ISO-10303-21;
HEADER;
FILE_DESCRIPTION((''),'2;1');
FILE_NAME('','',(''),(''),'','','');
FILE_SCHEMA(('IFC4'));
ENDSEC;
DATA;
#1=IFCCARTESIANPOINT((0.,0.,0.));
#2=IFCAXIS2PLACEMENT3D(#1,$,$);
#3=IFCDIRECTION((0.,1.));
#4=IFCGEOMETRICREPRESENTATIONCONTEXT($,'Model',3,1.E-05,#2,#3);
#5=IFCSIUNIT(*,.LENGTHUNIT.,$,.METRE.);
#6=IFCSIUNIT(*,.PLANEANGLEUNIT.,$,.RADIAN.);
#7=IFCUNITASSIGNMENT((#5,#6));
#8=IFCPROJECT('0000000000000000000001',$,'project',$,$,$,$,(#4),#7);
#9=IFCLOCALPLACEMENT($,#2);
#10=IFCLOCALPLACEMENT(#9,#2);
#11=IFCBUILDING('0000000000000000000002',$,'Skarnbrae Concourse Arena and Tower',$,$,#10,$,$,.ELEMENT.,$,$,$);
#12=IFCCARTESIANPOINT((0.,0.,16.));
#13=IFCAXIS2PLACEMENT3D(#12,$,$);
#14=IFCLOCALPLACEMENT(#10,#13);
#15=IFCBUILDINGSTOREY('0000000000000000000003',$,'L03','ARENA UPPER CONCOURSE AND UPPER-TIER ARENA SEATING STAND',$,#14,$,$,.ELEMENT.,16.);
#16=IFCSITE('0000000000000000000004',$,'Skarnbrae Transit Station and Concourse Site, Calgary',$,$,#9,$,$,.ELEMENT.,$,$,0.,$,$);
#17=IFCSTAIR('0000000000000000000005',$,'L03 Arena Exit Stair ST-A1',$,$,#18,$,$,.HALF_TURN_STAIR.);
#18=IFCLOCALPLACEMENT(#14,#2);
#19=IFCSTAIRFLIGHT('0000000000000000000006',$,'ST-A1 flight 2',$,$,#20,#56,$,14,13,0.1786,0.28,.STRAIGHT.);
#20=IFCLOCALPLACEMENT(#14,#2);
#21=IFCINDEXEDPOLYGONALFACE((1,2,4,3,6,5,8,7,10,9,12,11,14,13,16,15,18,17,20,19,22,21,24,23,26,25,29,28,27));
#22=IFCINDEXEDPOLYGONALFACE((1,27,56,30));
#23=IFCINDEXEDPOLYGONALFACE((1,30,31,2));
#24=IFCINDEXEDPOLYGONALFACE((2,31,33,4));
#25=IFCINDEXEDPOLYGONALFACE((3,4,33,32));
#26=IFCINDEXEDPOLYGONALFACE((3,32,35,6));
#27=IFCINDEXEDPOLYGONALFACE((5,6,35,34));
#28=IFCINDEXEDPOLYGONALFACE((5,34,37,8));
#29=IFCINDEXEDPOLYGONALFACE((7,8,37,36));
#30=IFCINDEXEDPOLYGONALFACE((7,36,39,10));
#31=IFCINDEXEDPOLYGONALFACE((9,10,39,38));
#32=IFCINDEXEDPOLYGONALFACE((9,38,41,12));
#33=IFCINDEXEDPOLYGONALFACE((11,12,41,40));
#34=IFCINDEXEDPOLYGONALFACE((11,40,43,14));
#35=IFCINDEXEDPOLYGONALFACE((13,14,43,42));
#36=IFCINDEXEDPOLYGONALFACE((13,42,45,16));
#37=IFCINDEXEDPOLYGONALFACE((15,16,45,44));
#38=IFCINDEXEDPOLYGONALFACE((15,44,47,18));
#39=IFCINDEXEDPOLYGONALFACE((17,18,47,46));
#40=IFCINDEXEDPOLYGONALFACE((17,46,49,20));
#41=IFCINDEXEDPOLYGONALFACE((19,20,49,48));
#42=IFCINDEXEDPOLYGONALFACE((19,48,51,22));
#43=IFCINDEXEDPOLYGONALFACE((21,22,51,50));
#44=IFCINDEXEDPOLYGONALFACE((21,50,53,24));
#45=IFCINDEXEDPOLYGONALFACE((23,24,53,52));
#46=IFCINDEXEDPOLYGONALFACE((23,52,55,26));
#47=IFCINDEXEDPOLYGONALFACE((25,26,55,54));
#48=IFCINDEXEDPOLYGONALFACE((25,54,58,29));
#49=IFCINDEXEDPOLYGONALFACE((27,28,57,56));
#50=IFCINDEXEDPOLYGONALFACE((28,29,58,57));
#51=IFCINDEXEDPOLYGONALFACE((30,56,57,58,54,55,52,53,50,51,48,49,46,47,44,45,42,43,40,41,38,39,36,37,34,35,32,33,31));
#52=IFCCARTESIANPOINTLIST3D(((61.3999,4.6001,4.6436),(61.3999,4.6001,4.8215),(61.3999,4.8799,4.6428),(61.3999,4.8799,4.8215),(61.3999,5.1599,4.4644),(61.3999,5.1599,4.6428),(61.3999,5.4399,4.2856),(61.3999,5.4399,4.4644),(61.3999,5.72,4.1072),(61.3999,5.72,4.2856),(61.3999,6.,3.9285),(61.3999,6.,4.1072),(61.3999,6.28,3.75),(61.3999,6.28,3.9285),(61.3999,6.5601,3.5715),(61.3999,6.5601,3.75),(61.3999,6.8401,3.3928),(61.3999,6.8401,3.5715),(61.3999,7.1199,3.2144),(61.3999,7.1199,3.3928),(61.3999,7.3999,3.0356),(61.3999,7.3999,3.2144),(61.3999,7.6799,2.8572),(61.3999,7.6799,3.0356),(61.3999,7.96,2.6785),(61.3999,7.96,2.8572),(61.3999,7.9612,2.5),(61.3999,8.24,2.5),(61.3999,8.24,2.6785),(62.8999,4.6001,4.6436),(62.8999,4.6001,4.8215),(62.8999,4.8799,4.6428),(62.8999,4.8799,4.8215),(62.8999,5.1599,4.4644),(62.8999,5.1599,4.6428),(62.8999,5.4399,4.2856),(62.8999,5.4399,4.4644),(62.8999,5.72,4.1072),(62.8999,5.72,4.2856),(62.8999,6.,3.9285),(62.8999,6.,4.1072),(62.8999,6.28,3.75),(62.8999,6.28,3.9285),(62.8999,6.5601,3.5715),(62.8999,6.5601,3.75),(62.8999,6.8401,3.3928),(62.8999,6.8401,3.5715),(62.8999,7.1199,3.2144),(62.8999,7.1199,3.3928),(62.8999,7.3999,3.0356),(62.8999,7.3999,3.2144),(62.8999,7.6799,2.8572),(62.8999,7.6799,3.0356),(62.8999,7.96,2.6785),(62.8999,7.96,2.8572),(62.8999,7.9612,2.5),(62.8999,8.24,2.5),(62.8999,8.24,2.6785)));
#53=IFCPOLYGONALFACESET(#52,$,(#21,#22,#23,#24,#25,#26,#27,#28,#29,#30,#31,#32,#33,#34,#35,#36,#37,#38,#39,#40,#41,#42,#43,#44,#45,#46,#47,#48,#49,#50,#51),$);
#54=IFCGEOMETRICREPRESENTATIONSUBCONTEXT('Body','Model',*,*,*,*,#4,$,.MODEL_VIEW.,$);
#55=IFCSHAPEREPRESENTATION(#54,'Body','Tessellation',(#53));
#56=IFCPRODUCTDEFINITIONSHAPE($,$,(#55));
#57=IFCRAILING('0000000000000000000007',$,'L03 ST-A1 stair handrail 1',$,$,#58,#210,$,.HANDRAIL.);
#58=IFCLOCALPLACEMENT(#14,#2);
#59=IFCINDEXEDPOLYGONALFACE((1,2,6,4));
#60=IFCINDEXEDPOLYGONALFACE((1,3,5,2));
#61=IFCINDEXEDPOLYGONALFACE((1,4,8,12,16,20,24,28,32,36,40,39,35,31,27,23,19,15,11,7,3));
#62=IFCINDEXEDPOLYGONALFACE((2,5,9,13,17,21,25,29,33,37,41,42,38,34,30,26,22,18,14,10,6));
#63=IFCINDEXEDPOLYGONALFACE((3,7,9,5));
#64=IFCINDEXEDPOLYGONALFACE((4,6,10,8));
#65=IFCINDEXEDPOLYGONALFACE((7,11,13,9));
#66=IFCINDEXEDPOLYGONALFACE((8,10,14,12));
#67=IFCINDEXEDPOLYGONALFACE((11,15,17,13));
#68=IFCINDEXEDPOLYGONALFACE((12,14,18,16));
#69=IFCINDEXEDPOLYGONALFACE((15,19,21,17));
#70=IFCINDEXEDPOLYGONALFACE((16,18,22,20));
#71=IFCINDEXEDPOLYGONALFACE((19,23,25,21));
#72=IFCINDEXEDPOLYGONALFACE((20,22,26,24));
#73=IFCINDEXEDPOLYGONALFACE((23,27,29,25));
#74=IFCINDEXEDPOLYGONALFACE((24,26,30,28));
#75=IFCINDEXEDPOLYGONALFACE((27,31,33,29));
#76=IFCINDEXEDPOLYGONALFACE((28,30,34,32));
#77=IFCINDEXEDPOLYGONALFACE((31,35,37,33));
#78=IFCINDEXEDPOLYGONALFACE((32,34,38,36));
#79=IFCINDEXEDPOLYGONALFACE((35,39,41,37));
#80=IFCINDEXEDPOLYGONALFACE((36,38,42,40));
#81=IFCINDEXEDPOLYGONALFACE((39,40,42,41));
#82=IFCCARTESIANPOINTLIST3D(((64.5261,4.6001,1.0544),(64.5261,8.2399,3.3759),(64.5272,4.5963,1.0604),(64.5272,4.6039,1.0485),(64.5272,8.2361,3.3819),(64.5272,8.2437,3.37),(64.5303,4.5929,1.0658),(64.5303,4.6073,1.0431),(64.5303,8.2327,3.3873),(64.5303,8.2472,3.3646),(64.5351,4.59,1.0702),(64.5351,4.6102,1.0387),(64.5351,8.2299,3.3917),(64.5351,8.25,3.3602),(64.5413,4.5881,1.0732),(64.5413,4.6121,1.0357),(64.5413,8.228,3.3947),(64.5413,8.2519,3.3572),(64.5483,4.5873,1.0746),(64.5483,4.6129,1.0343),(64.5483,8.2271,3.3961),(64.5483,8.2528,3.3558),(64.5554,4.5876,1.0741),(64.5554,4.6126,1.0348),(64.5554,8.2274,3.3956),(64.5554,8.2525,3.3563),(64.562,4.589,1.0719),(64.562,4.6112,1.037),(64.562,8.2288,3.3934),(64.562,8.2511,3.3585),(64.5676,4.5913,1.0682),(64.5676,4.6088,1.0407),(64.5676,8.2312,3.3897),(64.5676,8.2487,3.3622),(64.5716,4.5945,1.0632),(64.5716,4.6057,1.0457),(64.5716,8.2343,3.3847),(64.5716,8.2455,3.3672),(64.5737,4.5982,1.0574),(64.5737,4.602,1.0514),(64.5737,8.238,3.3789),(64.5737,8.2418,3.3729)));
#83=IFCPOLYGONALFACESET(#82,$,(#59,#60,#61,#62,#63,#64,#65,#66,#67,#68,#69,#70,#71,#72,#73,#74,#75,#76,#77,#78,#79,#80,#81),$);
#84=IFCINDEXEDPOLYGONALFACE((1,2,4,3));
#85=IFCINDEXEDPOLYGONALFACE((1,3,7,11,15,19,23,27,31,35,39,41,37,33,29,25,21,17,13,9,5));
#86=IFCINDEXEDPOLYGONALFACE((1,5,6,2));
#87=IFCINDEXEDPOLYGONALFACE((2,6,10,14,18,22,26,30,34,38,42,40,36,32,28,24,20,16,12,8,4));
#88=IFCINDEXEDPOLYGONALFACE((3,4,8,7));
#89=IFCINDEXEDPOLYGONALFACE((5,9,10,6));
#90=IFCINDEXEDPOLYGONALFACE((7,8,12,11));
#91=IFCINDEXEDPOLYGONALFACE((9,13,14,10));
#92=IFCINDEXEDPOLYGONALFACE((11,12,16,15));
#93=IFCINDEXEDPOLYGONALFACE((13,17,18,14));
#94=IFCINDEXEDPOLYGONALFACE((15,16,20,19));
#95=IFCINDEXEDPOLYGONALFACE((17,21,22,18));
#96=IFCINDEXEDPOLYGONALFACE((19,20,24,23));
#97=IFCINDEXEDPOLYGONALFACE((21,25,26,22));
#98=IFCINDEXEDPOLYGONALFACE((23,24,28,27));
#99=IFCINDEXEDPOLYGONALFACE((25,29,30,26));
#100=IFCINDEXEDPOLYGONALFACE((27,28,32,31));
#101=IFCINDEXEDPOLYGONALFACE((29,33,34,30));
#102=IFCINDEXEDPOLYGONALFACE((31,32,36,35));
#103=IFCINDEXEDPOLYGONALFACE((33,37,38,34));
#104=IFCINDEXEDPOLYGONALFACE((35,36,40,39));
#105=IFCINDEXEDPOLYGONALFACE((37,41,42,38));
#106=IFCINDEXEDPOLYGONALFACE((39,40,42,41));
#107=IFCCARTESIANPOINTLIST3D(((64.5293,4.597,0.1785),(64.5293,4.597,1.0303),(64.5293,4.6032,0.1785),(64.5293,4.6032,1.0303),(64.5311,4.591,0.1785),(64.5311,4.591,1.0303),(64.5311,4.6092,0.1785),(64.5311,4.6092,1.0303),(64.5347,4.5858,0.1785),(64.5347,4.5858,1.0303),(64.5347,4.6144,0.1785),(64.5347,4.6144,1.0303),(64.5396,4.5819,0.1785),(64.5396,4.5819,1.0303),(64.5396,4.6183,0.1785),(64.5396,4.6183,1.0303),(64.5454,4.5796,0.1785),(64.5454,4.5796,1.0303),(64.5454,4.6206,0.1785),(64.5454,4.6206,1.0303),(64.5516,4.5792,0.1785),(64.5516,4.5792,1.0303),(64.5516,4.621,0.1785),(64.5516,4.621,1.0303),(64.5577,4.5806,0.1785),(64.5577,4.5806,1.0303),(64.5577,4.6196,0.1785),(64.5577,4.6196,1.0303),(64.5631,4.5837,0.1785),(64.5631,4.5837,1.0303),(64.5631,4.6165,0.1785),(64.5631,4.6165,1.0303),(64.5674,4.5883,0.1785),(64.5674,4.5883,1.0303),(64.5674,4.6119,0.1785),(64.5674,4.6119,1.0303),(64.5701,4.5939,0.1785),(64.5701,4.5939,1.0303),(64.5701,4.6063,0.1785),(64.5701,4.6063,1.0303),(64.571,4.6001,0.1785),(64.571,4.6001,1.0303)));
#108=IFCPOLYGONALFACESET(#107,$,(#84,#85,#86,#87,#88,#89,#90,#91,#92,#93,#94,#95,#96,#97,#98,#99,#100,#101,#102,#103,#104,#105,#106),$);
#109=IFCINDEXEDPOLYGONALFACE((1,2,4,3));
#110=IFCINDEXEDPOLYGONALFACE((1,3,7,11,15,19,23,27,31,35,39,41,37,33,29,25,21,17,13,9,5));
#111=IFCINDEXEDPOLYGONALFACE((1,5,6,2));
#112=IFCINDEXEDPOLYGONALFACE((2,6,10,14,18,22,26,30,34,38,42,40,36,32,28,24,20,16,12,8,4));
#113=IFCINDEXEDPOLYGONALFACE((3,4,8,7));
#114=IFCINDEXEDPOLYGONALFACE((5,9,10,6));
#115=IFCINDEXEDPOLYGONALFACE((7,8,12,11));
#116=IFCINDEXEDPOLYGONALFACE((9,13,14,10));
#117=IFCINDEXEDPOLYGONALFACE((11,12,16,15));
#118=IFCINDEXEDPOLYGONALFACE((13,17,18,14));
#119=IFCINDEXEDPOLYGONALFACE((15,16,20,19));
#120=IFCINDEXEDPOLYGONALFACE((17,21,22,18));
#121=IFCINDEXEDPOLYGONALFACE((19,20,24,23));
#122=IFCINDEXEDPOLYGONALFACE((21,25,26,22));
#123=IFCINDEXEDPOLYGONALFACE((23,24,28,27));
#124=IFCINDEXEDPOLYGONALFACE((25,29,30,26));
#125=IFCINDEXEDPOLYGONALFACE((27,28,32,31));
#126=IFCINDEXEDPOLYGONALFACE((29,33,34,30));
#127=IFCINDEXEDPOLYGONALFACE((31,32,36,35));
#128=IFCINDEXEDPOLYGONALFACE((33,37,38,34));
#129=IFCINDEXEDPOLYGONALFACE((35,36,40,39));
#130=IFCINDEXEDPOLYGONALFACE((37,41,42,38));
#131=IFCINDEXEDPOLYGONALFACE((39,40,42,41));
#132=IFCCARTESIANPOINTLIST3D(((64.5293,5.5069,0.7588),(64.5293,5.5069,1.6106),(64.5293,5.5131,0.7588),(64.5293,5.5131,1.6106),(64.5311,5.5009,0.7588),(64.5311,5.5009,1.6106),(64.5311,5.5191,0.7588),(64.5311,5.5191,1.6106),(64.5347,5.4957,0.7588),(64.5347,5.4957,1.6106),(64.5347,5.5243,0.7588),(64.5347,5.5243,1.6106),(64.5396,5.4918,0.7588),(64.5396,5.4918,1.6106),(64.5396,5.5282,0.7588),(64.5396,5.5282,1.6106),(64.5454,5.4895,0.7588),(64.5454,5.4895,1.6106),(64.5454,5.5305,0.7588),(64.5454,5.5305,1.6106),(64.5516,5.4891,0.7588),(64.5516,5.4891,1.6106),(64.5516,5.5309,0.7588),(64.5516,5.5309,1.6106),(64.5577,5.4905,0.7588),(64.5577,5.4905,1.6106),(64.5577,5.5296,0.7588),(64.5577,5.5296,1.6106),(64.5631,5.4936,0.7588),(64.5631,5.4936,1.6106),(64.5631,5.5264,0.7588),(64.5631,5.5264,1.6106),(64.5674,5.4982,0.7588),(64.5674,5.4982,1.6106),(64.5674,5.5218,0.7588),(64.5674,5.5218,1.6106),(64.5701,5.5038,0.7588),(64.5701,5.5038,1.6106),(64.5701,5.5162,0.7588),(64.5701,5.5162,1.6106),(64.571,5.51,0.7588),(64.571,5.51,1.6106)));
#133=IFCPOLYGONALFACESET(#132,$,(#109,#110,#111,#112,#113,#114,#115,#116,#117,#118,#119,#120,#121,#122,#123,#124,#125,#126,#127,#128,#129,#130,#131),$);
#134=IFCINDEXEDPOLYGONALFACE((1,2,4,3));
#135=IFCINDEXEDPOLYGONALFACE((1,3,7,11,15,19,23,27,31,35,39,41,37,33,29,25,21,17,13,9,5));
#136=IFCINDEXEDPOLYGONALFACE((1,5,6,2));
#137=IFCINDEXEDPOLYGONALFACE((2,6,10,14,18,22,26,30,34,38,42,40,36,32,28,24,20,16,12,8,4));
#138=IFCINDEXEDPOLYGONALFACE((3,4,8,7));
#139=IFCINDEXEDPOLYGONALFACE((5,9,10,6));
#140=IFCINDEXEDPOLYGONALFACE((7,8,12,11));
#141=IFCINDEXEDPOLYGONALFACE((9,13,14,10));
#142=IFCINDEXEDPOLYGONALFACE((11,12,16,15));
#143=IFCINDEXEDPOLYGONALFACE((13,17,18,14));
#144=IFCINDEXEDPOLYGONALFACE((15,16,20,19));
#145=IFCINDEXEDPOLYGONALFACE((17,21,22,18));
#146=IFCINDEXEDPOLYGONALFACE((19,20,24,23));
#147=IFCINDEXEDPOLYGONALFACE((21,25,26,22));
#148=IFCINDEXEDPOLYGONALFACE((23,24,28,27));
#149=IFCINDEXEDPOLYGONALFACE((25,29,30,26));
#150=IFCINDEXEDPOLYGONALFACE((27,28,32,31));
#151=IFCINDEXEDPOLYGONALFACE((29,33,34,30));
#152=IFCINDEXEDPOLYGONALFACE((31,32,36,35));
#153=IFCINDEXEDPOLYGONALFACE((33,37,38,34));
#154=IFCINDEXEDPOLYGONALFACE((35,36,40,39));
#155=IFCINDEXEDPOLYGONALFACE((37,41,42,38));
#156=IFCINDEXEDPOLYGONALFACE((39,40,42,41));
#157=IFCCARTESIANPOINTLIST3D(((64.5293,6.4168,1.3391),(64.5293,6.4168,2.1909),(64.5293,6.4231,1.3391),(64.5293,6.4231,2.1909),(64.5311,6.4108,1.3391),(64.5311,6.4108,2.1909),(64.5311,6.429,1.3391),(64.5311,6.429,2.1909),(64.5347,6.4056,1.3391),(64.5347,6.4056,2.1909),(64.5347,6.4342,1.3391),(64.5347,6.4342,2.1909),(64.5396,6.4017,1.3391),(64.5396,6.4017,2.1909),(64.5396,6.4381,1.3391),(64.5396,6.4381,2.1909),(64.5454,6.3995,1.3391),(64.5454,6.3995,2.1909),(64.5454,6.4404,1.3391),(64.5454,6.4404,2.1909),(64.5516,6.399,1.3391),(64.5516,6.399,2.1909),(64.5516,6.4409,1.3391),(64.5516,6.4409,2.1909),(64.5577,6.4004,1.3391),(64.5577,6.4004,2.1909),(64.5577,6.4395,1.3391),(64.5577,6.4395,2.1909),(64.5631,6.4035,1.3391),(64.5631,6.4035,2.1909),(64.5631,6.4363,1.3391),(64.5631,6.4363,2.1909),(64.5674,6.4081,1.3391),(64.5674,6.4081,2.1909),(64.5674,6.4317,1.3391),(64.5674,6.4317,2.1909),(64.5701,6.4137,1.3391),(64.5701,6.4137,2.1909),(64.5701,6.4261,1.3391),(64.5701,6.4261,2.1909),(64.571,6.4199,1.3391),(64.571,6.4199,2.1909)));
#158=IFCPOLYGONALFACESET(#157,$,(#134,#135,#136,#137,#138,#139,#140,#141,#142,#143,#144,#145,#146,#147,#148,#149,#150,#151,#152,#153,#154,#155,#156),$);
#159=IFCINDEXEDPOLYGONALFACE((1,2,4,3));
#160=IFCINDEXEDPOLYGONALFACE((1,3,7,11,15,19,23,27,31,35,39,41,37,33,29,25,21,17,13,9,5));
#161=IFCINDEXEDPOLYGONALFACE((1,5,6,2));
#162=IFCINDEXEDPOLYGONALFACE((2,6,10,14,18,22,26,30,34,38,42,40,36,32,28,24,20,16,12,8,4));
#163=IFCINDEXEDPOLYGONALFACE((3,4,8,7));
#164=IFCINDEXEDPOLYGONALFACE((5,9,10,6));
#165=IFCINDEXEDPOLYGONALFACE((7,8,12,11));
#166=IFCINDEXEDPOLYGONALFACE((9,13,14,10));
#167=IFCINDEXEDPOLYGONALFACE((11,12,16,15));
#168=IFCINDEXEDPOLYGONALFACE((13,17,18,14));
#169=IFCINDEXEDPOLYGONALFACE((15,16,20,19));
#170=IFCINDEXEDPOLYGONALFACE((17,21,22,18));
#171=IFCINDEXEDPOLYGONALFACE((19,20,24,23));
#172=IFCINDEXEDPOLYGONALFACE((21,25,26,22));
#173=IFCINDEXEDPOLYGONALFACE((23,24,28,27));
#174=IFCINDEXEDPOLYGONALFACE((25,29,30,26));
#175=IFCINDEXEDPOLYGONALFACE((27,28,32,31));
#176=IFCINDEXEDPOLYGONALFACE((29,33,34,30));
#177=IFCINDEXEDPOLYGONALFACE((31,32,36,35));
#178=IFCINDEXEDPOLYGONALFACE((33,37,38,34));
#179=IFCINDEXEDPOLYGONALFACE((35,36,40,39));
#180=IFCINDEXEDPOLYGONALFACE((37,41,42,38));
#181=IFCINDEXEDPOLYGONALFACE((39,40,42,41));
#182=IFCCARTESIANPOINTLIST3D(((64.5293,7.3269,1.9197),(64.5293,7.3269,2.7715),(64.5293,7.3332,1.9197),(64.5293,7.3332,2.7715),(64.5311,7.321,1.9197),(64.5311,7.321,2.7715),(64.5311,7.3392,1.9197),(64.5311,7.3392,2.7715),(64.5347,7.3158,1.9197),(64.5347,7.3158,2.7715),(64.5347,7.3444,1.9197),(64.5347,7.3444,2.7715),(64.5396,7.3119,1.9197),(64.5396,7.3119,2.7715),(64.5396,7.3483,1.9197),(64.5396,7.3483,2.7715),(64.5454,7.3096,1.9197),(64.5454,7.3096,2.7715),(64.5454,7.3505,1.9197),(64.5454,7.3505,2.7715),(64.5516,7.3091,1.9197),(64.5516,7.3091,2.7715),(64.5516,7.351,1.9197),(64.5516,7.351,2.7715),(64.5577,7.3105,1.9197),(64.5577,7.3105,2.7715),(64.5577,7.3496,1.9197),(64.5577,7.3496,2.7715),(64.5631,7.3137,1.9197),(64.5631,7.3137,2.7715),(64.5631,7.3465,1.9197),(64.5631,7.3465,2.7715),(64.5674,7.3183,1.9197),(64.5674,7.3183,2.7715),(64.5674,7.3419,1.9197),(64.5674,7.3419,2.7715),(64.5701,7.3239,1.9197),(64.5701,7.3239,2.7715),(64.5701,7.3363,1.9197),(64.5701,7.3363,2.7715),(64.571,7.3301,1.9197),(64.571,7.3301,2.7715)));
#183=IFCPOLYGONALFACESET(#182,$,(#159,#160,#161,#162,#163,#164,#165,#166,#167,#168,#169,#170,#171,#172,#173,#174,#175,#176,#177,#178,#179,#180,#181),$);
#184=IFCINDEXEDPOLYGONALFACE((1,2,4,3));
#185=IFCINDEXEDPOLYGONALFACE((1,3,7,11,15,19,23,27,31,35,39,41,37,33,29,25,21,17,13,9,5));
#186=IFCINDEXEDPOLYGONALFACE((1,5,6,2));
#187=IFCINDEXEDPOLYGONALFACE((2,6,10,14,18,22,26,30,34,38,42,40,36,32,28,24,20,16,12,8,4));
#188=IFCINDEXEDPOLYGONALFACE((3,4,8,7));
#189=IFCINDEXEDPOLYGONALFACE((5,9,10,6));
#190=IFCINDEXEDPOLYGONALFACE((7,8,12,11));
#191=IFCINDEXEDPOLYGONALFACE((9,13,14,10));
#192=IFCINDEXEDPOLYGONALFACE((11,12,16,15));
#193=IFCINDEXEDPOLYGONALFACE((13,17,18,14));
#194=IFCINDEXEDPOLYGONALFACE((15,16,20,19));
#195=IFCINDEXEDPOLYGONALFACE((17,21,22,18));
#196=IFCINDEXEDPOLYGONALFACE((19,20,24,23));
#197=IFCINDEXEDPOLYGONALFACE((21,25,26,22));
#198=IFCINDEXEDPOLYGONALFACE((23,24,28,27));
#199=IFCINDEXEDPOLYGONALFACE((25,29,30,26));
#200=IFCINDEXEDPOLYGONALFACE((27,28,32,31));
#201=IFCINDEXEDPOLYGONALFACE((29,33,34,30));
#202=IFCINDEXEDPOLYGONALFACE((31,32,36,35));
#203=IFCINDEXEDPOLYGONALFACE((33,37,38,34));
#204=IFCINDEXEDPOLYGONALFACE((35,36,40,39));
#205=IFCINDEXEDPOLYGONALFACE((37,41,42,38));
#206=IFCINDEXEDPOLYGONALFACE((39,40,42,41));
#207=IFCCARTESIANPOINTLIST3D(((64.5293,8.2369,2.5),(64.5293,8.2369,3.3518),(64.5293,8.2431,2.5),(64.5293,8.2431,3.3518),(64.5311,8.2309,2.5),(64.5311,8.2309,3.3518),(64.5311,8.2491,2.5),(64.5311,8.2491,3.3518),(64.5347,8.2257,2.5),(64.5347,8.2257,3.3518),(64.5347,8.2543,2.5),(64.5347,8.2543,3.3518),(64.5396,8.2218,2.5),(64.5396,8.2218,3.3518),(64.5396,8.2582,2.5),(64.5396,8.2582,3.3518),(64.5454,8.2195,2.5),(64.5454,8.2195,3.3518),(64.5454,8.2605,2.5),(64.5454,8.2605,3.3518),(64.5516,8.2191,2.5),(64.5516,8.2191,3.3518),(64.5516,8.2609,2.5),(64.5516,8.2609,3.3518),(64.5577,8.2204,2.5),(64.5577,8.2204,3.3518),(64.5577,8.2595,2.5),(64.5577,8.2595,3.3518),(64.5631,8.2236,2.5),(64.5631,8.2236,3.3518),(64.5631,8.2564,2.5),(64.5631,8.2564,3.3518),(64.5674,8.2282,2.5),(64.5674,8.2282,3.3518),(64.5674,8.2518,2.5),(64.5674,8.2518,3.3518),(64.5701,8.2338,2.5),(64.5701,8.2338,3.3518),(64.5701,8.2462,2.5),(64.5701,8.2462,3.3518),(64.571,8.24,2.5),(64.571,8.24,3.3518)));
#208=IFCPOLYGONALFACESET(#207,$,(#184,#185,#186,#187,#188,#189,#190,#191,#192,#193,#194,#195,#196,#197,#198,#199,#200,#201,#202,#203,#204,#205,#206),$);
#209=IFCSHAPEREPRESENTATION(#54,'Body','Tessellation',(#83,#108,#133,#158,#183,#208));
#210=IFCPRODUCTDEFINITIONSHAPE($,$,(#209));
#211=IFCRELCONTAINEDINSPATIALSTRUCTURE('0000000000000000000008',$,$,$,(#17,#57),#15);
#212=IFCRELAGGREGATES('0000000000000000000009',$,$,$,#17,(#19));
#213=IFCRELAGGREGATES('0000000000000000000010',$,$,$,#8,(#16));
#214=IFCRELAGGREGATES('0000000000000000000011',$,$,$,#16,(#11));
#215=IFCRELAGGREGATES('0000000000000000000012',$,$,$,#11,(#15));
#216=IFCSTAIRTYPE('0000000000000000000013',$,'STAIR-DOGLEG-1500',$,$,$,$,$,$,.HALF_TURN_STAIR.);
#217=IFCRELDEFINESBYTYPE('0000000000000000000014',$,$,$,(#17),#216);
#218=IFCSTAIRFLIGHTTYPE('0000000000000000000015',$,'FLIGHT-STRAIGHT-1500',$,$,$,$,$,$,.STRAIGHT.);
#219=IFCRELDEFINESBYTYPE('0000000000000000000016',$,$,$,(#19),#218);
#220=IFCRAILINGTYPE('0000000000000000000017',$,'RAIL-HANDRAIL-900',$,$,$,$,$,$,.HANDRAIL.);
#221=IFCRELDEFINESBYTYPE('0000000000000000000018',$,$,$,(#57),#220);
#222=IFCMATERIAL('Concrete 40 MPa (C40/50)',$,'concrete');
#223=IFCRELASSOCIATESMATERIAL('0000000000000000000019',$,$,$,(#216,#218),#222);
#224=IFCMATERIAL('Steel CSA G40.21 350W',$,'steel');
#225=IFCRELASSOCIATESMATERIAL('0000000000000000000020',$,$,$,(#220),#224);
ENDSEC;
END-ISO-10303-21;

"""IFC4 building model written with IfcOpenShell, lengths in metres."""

from ifc_helpers import new_model, si_unit, direction, frame, origin, origin_2d, place, context, subcontext, project, spatial, polyline, circle, outline, extrude, source, transform, mapped, material, type_object, element, aggregate, save


model = new_model("IFC4")

# Units and contexts
model_context = context("Model", 3, precision=1e-05, world=origin(), true_north=direction((0.0, 1.0)))
body_context = subcontext(model_context, "Body", "Model", "MODEL_VIEW")
ifc_project = project(units=[si_unit("LENGTHUNIT", "METRE"), si_unit("PLANEANGLEUNIT", "RADIAN")], contexts=[model_context])

# Site, building, storey
site_placement = place(None, origin())
site = spatial("IfcSite", under=ifc_project, at=site_placement, Name="Skarnbrae Transit Station and Concourse Site, Calgary", CompositionType="ELEMENT", RefElevation=0.0)
building_placement = place(site_placement, origin())
building = spatial("IfcBuilding", under=site, at=building_placement, Name="Skarnbrae Concourse Arena and Tower", CompositionType="ELEMENT")
storey_placement = place(building_placement, frame((0.0, 0.0, 16.0)))
storey = spatial("IfcBuildingStorey", under=building, at=storey_placement, Name="L03", Description="ARENA UPPER CONCOURSE AND UPPER-TIER ARENA SEATING STAND", CompositionType="ELEMENT", Elevation=16.0)

# Shared definitions
ifc_material_1 = material(Name="Steel CSA G40.21 350W", Category="steel")

# Stair, stair flight
ifc_material_2 = material(Name="Concrete 40 MPa (C40/50)", Category="concrete")
stair_type = type_object("IfcStairType", Name="STAIR-DOGLEG-1500", PredefinedType="HALF_TURN_STAIR", material=ifc_material_2)
stair_placement = place(storey_placement, origin())
stair = element("IfcStair", 1, at=stair_placement, inside=storey, type_object=stair_type, Name="L03 Arena Exit Stair ST-A1", PredefinedType="HALF_TURN_STAIR")
stair_flight_type = type_object("IfcStairFlightType", Name="FLIGHT-STRAIGHT-1500", PredefinedType="STRAIGHT", material=ifc_material_2)
shared_shape_1 = source(origin(), body_context, "Body", "SweptSolid", [
    extrude(outline(polyline([(0.0, 0.0), (0.0, 0.1785), (0.28, 0.1785), (0.28, 0.3572), (0.5601, 0.3572), (0.5601, 0.5356), (0.8401, 0.5356), (0.8401, 0.7144), (1.1201, 0.7144), (1.1201, 0.8928), (1.3999, 0.8928), (1.3999, 1.0715), (1.6799, 1.0715), (1.6799, 1.25), (1.96, 1.25), (1.96, 1.4285), (2.24, 1.4285), (2.24, 1.6072), (2.52, 1.6072), (2.52, 1.7856), (2.8, 1.7856), (2.8, 1.9644), (3.0801, 1.9644), (3.0801, 2.1428), (3.3601, 2.1428), (3.3601, 2.3215), (3.6399, 2.3215), (3.6399, 2.5), (3.6399, 2.1436), (0.2788, 0.0), (0.0, 0.0)])), frame((0.0, 0.75, 0.0), z_axis=(0.0, -1.0, 0.0), x_axis=(1.0, 0.0, 0.0)), (0.0, 0.0, 1.0), 1.5),
])
stair_flight_1_placement = place(storey_placement, frame((62.1499, 8.24, 2.5), z_axis=(0.0, 0.0, 1.0), x_axis=(0.0, -1.0, 0.0)))
stair_flight_1 = element("IfcStairFlight", 2, at=stair_flight_1_placement, type_object=stair_flight_type, Name="ST-A1 flight 2", NumberOfRisers=14, NumberOfTreads=13, PredefinedType="STRAIGHT", RiserHeight=0.1786, TreadLength=0.28, context=body_context, shape_type="MappedRepresentation", body=[
    mapped(shared_shape_1, transform((0.0, 0.0, 0.0))),
])
aggregate(stair, [stair_flight_1])

# Railing
railing_type_1 = type_object("IfcRailingType", Name="RAIL-HANDRAIL-900", PredefinedType="HANDRAIL", material=ifc_material_1)
railing_1_placement = place(storey_placement, frame((64.55, 4.6001, 0.1785)))
element("IfcRailing", 3, at=railing_1_placement, inside=storey, type_object=railing_type_1, Name="L03 ST-A1 stair handrail 1", PredefinedType="HANDRAIL", context=body_context, shape_type="SweptSolid", body=[
    extrude(circle(Radius=0.0239, at=origin_2d()), frame((0.0, 0.0, 0.876), z_axis=(0.0, 0.843112, 0.537739), x_axis=(-1.0, 0.0, 0.0)), (0.0, 0.0, 1.0), 4.3171),
    extrude(circle(Radius=0.021, at=origin_2d()), origin(), (0.0, 0.0, 1.0), 0.8518),
    extrude(circle(Radius=0.021, at=origin_2d()), frame((0.0, 0.9099, 0.5803)), (0.0, 0.0, 1.0), 0.8518),
    extrude(circle(Radius=0.021, at=origin_2d()), frame((0.0, 1.8198, 1.1606)), (0.0, 0.0, 1.0), 0.8518),
    extrude(circle(Radius=0.021, at=origin_2d()), frame((0.0, 2.73, 1.7412)), (0.0, 0.0, 1.0), 0.8518),
    extrude(circle(Radius=0.021, at=origin_2d()), frame((0.0, 3.6399, 2.3215)), (0.0, 0.0, 1.0), 0.8518),
])

save(model, "model.ifc")
